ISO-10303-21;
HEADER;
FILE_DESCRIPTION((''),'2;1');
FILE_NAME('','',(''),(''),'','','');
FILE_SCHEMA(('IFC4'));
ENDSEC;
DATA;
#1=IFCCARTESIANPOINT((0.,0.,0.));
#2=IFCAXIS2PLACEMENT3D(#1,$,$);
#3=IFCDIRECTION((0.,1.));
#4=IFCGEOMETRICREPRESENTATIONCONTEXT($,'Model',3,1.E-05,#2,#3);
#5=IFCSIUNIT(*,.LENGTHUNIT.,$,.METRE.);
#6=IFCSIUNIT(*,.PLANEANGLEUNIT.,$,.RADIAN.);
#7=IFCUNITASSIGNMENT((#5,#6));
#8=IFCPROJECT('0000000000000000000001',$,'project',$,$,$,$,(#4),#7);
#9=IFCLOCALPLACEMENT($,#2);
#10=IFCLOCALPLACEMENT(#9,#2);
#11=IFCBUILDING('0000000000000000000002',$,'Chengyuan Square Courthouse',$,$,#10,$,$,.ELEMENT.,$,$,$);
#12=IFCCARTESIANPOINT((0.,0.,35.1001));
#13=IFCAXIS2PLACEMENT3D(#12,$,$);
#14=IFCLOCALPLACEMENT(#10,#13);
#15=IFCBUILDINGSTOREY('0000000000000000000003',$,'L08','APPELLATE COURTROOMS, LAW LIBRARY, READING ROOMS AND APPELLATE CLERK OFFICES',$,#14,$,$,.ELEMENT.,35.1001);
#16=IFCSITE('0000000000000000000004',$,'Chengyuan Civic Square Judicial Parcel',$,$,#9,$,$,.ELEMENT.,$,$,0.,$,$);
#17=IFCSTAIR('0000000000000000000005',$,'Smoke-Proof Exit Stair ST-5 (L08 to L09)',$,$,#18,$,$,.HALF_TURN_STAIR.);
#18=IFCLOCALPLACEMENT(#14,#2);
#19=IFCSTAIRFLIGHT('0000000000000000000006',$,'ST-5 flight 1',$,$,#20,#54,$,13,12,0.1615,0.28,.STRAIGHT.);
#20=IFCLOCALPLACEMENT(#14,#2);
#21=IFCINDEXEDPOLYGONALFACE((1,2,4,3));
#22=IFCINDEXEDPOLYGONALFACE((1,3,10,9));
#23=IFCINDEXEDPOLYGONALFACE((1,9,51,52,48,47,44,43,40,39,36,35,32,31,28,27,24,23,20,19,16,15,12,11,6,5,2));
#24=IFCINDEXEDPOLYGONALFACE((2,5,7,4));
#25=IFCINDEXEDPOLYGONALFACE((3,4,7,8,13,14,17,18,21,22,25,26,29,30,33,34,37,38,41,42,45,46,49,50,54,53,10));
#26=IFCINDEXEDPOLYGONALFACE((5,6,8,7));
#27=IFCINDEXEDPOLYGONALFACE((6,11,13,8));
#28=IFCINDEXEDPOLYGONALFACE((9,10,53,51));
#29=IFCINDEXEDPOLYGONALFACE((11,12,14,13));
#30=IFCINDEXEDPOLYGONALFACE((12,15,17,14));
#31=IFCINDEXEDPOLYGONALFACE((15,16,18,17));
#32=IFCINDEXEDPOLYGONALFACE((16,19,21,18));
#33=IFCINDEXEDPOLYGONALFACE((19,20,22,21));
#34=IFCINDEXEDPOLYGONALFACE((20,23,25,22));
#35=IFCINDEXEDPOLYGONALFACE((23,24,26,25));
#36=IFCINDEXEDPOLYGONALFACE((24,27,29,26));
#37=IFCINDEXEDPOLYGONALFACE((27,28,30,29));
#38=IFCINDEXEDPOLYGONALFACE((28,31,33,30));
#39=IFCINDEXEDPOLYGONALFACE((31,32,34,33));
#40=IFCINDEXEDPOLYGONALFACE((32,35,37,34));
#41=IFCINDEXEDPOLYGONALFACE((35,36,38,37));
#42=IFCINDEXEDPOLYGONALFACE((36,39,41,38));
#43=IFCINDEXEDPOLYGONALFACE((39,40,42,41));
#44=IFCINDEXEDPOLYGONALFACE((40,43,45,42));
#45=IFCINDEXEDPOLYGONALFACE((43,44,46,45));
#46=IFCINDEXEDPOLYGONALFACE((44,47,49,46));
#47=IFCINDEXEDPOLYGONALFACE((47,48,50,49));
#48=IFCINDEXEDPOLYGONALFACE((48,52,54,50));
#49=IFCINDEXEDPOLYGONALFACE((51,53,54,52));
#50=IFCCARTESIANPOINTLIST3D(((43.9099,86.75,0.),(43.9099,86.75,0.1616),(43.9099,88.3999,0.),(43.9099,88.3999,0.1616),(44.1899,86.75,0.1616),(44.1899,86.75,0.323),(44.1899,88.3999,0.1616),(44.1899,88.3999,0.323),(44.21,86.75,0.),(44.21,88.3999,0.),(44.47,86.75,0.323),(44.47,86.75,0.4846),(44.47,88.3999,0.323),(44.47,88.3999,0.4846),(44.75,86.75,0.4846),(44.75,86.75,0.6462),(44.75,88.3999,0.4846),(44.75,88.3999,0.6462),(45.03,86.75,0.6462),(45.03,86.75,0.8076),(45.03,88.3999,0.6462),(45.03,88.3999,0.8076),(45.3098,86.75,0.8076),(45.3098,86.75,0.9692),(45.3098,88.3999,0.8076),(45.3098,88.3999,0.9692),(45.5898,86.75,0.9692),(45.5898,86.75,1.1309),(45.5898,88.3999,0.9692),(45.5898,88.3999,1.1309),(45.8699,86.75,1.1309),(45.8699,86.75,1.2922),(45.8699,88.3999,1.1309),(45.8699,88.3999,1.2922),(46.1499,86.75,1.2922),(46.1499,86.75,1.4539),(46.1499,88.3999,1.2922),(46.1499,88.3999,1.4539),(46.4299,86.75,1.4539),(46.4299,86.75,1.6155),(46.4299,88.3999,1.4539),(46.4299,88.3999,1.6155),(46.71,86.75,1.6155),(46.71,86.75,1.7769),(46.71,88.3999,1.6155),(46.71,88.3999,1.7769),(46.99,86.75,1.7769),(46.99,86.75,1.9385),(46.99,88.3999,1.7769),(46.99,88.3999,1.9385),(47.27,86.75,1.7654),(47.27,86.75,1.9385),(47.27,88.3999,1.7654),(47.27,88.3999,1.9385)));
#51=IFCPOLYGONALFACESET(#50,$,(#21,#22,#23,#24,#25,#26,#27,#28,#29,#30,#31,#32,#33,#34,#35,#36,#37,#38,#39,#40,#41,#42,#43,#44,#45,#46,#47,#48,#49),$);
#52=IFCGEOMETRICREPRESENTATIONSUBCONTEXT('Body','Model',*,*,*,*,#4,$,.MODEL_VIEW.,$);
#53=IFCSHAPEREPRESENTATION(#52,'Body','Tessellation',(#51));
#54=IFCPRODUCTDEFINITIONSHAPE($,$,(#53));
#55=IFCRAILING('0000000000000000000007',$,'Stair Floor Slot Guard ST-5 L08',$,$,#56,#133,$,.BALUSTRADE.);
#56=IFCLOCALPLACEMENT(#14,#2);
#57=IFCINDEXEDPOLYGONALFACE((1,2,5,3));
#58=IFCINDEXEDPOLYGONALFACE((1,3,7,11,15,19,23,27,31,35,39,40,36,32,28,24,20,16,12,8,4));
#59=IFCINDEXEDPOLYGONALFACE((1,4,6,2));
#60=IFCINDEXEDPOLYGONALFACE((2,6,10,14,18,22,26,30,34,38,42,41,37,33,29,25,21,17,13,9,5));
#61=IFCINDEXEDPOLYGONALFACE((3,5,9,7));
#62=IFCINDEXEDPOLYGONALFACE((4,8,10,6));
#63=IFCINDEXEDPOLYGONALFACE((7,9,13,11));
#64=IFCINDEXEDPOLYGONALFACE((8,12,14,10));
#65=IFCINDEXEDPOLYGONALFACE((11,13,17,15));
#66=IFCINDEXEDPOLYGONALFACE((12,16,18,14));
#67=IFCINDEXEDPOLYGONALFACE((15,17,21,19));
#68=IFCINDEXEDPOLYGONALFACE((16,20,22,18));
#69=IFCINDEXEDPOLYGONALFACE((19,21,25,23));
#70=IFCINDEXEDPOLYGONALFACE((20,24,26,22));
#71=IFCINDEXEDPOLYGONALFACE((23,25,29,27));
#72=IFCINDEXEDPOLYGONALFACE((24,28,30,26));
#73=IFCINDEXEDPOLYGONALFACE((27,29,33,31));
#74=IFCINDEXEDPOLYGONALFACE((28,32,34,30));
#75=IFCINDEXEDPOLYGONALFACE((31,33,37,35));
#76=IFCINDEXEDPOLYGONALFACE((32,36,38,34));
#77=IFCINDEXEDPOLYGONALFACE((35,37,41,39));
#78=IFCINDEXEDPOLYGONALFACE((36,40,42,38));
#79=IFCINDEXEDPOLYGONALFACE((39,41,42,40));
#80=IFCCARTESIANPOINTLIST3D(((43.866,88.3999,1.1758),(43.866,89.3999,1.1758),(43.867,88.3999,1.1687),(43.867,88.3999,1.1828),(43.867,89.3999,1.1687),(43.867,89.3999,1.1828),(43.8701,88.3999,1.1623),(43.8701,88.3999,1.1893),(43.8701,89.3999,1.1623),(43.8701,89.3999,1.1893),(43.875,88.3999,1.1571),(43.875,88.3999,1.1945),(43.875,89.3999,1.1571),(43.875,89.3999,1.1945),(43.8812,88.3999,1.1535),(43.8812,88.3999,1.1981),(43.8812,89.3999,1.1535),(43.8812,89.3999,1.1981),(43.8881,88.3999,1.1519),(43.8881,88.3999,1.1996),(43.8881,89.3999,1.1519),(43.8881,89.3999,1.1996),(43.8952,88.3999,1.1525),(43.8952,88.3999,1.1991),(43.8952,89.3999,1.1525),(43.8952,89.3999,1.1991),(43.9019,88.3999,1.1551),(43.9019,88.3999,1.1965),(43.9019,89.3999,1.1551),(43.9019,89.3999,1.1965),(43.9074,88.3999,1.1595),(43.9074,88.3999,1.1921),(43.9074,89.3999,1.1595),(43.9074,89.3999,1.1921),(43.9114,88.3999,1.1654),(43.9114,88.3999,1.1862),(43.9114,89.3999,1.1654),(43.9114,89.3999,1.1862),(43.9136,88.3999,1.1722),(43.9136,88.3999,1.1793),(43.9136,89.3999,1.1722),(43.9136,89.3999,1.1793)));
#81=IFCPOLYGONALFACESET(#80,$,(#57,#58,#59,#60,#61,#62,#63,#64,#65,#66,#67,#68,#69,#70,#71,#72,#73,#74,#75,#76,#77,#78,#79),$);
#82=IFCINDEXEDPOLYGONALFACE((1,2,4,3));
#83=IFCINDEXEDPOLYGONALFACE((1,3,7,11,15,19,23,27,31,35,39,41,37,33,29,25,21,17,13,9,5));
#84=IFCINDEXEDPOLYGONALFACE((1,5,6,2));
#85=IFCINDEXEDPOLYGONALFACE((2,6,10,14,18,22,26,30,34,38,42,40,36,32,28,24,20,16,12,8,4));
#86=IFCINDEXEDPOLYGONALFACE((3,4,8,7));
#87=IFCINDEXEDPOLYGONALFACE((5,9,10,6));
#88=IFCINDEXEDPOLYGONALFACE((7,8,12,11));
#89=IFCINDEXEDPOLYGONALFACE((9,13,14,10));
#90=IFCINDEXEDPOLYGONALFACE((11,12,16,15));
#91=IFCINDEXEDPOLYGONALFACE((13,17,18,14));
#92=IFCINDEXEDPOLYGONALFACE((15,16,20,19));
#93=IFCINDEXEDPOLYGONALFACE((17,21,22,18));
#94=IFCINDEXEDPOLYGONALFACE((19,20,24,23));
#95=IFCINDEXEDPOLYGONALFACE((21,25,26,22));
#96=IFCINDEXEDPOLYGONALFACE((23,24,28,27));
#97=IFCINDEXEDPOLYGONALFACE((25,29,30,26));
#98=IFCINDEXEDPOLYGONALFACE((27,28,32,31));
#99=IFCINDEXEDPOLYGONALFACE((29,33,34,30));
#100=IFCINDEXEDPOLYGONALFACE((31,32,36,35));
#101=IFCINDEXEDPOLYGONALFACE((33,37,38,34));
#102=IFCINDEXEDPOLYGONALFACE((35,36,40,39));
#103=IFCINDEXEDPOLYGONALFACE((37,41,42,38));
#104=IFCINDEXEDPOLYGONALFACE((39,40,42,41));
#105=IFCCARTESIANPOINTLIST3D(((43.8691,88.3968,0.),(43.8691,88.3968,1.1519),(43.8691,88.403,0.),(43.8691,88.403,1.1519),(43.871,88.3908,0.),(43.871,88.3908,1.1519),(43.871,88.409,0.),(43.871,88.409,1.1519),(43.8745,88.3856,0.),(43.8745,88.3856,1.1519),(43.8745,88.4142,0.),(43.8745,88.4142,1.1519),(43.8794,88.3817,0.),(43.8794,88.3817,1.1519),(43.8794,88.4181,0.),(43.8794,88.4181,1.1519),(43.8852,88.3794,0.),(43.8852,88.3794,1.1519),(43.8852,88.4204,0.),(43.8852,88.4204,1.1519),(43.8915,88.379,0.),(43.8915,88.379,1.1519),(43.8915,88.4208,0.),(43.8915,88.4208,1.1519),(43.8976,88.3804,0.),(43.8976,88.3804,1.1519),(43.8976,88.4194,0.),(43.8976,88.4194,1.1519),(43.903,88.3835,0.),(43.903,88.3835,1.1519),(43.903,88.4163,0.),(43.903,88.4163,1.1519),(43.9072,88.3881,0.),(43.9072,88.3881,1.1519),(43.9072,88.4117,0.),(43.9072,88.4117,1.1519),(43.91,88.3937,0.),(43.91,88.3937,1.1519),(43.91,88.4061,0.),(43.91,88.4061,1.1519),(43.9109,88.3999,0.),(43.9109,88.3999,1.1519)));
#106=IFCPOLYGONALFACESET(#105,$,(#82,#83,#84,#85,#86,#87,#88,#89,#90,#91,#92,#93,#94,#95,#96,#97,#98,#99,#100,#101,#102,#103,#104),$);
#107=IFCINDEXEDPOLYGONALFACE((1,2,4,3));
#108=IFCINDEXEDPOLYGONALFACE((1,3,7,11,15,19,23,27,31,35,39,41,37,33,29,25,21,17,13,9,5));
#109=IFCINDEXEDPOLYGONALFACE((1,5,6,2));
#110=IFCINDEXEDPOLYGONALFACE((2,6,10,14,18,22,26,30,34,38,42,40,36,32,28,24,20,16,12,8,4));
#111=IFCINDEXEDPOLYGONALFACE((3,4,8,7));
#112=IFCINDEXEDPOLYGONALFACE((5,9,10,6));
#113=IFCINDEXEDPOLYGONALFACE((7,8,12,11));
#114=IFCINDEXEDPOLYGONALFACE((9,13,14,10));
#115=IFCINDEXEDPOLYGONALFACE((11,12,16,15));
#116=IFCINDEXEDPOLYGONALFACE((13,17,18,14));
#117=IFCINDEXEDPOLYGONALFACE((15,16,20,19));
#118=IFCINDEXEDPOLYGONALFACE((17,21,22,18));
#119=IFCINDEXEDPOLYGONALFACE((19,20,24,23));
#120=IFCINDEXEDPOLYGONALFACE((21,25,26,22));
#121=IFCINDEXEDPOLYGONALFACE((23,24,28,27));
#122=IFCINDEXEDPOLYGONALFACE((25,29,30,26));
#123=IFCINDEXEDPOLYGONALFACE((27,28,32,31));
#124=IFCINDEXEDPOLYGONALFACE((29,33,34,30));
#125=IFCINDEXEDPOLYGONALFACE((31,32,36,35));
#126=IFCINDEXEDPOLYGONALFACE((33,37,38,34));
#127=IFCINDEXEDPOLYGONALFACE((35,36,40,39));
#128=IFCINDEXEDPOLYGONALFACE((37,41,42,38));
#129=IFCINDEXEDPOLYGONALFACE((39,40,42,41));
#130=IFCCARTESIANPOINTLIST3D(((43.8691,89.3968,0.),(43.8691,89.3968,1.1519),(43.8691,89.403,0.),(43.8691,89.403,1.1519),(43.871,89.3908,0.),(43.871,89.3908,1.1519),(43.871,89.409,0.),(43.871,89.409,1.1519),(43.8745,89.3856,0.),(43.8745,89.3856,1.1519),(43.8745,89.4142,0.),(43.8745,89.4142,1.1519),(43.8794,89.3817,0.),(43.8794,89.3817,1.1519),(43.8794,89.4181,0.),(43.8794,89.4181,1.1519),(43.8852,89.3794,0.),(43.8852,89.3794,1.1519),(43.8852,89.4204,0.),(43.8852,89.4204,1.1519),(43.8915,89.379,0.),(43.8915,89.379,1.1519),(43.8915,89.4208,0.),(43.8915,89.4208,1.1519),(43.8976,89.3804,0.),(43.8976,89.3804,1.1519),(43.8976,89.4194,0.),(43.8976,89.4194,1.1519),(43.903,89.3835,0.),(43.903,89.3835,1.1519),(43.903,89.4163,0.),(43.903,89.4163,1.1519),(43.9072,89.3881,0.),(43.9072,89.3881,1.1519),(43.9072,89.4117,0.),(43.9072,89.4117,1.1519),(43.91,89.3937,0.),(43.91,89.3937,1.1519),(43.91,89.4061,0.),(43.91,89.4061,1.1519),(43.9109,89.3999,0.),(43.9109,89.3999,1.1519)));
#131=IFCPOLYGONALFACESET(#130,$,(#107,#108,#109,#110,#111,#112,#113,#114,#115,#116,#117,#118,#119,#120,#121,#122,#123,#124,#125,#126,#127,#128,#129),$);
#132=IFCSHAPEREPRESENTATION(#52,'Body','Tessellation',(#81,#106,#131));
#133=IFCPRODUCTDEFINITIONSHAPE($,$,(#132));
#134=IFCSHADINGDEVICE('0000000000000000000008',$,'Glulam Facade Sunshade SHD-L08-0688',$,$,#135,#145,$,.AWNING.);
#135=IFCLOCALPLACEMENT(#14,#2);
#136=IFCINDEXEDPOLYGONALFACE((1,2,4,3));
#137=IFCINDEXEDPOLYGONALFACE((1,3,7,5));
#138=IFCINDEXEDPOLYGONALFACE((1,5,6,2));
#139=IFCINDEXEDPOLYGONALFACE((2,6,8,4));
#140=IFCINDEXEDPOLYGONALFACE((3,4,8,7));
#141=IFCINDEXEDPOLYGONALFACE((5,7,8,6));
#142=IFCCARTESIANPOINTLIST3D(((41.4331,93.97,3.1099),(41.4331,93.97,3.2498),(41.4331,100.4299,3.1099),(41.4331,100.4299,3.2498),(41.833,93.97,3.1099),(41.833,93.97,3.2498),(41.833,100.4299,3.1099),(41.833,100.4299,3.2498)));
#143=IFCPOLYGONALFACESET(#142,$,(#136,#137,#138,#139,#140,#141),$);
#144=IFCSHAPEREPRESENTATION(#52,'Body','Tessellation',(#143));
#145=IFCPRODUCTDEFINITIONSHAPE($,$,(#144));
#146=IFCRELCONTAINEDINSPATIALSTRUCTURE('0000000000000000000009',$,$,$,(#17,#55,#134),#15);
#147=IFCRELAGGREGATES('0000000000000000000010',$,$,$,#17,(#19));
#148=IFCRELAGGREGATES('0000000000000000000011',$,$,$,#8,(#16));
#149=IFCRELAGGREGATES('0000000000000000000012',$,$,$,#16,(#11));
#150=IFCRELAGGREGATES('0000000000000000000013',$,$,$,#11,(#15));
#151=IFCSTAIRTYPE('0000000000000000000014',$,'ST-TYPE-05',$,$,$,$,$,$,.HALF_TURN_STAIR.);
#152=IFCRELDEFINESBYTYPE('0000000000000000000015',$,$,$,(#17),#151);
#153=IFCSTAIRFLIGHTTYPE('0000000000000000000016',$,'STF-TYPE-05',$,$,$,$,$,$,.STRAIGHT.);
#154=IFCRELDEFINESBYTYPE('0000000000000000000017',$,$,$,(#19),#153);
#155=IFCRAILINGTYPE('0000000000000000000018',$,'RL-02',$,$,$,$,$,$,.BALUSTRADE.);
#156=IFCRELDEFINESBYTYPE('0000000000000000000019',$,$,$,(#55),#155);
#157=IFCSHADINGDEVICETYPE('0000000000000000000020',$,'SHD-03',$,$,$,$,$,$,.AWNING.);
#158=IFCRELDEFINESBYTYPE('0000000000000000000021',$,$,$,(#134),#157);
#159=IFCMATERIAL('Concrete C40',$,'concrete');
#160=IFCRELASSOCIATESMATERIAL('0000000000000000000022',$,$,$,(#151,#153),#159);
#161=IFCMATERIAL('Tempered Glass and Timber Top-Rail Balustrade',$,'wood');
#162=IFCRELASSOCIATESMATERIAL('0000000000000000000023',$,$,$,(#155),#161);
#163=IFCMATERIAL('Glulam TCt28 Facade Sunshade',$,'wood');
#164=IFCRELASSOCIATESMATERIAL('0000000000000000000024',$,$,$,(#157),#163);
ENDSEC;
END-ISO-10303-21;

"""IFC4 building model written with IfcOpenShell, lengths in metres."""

from ifc_helpers import new_model, si_unit, direction, frame, origin, origin_2d, place, context, subcontext, project, spatial, polyline, rectangle, circle, outline, extrude, material, type_object, element, aggregate, save


model = new_model("IFC4")

# Units and contexts
model_context = context("Model", 3, precision=1e-05, world=origin(), true_north=direction((0.0, 1.0)))
body_context = subcontext(model_context, "Body", "Model", "MODEL_VIEW")
ifc_project = project(units=[si_unit("LENGTHUNIT", "METRE"), si_unit("PLANEANGLEUNIT", "RADIAN")], contexts=[model_context])

# Site, building, storey
site_placement = place(None, origin())
site = spatial("IfcSite", under=ifc_project, at=site_placement, Name="Chengyuan Civic Square Judicial Parcel", CompositionType="ELEMENT", RefElevation=0.0)
building_placement = place(site_placement, origin())
building = spatial("IfcBuilding", under=site, at=building_placement, Name="Chengyuan Square Courthouse", CompositionType="ELEMENT")
storey_placement = place(building_placement, frame((0.0, 0.0, 35.1001)))
storey = spatial("IfcBuildingStorey", under=building, at=storey_placement, Name="L08", Description="APPELLATE COURTROOMS, LAW LIBRARY, READING ROOMS AND APPELLATE CLERK OFFICES", CompositionType="ELEMENT", Elevation=35.1001)

# Shared definitions
ifc_material_1 = material(Name="Concrete C40", Category="concrete")

# Stair, stair flight
stair_type = type_object("IfcStairType", Name="ST-TYPE-05", PredefinedType="HALF_TURN_STAIR", material=ifc_material_1)
stair_placement = place(storey_placement, origin())
stair = element("IfcStair", 1, at=stair_placement, inside=storey, type_object=stair_type, Name="Smoke-Proof Exit Stair ST-5 (L08 to L09)", PredefinedType="HALF_TURN_STAIR")
stair_flight_type = type_object("IfcStairFlightType", Name="STF-TYPE-05", PredefinedType="STRAIGHT", material=ifc_material_1)
stair_flight_placement = place(storey_placement, frame((43.9099, 87.575, 0.0), z_axis=(0.0, 0.0, 1.0), x_axis=(1.0, 0.0, 0.0)))
stair_flight = element("IfcStairFlight", 2, at=stair_flight_placement, type_object=stair_flight_type, Name="ST-5 flight 1", NumberOfRisers=13, NumberOfTreads=12, PredefinedType="STRAIGHT", RiserHeight=0.1615, TreadLength=0.28, context=body_context, shape_type="SweptSolid", body=[
    extrude(outline(polyline([(0.0, 0.0), (0.0, 0.1616), (0.28, 0.1616), (0.28, 0.323), (0.5601, 0.323), (0.5601, 0.4846), (0.8401, 0.4846), (0.8401, 0.6462), (1.1201, 0.6462), (1.1201, 0.8076), (1.3999, 0.8076), (1.3999, 0.9692), (1.6799, 0.9692), (1.6799, 1.1309), (1.96, 1.1309), (1.96, 1.2922), (2.24, 1.2922), (2.24, 1.4539), (2.52, 1.4539), (2.52, 1.6155), (2.8, 1.6155), (2.8, 1.7769), (3.0801, 1.7769), (3.0801, 1.9385), (3.3601, 1.9385), (3.3601, 2.1001), (3.3601, 1.7654), (0.3, 0.0), (0.0, 0.0)])), frame((0.0, 0.825, 0.0), z_axis=(0.0, -1.0, 0.0), x_axis=(1.0, 0.0, 0.0)), (0.0, 0.0, 1.0), 1.6499),
])
aggregate(stair, [stair_flight])

# Railing
ifc_material_2 = material(Name="Tempered Glass and Timber Top-Rail Balustrade", Category="wood")
railing_type_1 = type_object("IfcRailingType", Name="RL-02", PredefinedType="BALUSTRADE", material=ifc_material_2)
railing_1_placement = place(storey_placement, frame((43.8899, 88.3999, 0.0)))
element("IfcRailing", 3, at=railing_1_placement, inside=storey, type_object=railing_type_1, Name="Stair Floor Slot Guard ST-5 L08", PredefinedType="BALUSTRADE", context=body_context, shape_type="SweptSolid", body=[
    extrude(circle(Radius=0.0239, at=origin_2d()), frame((0.0, 0.0, 1.1758), z_axis=(0.0, 1.0, 0.0), x_axis=(-1.0, 0.0, 0.0)), (0.0, 0.0, 1.0), 1.0),
    extrude(circle(Radius=0.021, at=origin_2d()), origin(), (0.0, 0.0, 1.0), 1.1519),
    extrude(circle(Radius=0.021, at=origin_2d()), frame((0.0, 1.0, 0.0)), (0.0, 0.0, 1.0), 1.1519),
])

# Shading device
ifc_material_3 = material(Name="Glulam TCt28 Facade Sunshade", Category="wood")
shading_device_type = type_object("IfcShadingDeviceType", Name="SHD-03", PredefinedType="AWNING", material=ifc_material_3)
shading_device_placement = place(storey_placement, frame((41.6331, 97.2, 3.1099), z_axis=(0.0, 0.0, 1.0), x_axis=(0.0, 1.0, 0.0)))
element("IfcShadingDevice", 4, at=shading_device_placement, inside=storey, type_object=shading_device_type, Name="Glulam Facade Sunshade SHD-L08-0688", PredefinedType="AWNING", context=body_context, shape_type="SweptSolid", body=[
    extrude(rectangle(XDim=6.46, YDim=0.3999, at=origin_2d()), origin(), (0.0, 0.0, 1.0), 0.1399),
])

save(model, "model.ifc")
